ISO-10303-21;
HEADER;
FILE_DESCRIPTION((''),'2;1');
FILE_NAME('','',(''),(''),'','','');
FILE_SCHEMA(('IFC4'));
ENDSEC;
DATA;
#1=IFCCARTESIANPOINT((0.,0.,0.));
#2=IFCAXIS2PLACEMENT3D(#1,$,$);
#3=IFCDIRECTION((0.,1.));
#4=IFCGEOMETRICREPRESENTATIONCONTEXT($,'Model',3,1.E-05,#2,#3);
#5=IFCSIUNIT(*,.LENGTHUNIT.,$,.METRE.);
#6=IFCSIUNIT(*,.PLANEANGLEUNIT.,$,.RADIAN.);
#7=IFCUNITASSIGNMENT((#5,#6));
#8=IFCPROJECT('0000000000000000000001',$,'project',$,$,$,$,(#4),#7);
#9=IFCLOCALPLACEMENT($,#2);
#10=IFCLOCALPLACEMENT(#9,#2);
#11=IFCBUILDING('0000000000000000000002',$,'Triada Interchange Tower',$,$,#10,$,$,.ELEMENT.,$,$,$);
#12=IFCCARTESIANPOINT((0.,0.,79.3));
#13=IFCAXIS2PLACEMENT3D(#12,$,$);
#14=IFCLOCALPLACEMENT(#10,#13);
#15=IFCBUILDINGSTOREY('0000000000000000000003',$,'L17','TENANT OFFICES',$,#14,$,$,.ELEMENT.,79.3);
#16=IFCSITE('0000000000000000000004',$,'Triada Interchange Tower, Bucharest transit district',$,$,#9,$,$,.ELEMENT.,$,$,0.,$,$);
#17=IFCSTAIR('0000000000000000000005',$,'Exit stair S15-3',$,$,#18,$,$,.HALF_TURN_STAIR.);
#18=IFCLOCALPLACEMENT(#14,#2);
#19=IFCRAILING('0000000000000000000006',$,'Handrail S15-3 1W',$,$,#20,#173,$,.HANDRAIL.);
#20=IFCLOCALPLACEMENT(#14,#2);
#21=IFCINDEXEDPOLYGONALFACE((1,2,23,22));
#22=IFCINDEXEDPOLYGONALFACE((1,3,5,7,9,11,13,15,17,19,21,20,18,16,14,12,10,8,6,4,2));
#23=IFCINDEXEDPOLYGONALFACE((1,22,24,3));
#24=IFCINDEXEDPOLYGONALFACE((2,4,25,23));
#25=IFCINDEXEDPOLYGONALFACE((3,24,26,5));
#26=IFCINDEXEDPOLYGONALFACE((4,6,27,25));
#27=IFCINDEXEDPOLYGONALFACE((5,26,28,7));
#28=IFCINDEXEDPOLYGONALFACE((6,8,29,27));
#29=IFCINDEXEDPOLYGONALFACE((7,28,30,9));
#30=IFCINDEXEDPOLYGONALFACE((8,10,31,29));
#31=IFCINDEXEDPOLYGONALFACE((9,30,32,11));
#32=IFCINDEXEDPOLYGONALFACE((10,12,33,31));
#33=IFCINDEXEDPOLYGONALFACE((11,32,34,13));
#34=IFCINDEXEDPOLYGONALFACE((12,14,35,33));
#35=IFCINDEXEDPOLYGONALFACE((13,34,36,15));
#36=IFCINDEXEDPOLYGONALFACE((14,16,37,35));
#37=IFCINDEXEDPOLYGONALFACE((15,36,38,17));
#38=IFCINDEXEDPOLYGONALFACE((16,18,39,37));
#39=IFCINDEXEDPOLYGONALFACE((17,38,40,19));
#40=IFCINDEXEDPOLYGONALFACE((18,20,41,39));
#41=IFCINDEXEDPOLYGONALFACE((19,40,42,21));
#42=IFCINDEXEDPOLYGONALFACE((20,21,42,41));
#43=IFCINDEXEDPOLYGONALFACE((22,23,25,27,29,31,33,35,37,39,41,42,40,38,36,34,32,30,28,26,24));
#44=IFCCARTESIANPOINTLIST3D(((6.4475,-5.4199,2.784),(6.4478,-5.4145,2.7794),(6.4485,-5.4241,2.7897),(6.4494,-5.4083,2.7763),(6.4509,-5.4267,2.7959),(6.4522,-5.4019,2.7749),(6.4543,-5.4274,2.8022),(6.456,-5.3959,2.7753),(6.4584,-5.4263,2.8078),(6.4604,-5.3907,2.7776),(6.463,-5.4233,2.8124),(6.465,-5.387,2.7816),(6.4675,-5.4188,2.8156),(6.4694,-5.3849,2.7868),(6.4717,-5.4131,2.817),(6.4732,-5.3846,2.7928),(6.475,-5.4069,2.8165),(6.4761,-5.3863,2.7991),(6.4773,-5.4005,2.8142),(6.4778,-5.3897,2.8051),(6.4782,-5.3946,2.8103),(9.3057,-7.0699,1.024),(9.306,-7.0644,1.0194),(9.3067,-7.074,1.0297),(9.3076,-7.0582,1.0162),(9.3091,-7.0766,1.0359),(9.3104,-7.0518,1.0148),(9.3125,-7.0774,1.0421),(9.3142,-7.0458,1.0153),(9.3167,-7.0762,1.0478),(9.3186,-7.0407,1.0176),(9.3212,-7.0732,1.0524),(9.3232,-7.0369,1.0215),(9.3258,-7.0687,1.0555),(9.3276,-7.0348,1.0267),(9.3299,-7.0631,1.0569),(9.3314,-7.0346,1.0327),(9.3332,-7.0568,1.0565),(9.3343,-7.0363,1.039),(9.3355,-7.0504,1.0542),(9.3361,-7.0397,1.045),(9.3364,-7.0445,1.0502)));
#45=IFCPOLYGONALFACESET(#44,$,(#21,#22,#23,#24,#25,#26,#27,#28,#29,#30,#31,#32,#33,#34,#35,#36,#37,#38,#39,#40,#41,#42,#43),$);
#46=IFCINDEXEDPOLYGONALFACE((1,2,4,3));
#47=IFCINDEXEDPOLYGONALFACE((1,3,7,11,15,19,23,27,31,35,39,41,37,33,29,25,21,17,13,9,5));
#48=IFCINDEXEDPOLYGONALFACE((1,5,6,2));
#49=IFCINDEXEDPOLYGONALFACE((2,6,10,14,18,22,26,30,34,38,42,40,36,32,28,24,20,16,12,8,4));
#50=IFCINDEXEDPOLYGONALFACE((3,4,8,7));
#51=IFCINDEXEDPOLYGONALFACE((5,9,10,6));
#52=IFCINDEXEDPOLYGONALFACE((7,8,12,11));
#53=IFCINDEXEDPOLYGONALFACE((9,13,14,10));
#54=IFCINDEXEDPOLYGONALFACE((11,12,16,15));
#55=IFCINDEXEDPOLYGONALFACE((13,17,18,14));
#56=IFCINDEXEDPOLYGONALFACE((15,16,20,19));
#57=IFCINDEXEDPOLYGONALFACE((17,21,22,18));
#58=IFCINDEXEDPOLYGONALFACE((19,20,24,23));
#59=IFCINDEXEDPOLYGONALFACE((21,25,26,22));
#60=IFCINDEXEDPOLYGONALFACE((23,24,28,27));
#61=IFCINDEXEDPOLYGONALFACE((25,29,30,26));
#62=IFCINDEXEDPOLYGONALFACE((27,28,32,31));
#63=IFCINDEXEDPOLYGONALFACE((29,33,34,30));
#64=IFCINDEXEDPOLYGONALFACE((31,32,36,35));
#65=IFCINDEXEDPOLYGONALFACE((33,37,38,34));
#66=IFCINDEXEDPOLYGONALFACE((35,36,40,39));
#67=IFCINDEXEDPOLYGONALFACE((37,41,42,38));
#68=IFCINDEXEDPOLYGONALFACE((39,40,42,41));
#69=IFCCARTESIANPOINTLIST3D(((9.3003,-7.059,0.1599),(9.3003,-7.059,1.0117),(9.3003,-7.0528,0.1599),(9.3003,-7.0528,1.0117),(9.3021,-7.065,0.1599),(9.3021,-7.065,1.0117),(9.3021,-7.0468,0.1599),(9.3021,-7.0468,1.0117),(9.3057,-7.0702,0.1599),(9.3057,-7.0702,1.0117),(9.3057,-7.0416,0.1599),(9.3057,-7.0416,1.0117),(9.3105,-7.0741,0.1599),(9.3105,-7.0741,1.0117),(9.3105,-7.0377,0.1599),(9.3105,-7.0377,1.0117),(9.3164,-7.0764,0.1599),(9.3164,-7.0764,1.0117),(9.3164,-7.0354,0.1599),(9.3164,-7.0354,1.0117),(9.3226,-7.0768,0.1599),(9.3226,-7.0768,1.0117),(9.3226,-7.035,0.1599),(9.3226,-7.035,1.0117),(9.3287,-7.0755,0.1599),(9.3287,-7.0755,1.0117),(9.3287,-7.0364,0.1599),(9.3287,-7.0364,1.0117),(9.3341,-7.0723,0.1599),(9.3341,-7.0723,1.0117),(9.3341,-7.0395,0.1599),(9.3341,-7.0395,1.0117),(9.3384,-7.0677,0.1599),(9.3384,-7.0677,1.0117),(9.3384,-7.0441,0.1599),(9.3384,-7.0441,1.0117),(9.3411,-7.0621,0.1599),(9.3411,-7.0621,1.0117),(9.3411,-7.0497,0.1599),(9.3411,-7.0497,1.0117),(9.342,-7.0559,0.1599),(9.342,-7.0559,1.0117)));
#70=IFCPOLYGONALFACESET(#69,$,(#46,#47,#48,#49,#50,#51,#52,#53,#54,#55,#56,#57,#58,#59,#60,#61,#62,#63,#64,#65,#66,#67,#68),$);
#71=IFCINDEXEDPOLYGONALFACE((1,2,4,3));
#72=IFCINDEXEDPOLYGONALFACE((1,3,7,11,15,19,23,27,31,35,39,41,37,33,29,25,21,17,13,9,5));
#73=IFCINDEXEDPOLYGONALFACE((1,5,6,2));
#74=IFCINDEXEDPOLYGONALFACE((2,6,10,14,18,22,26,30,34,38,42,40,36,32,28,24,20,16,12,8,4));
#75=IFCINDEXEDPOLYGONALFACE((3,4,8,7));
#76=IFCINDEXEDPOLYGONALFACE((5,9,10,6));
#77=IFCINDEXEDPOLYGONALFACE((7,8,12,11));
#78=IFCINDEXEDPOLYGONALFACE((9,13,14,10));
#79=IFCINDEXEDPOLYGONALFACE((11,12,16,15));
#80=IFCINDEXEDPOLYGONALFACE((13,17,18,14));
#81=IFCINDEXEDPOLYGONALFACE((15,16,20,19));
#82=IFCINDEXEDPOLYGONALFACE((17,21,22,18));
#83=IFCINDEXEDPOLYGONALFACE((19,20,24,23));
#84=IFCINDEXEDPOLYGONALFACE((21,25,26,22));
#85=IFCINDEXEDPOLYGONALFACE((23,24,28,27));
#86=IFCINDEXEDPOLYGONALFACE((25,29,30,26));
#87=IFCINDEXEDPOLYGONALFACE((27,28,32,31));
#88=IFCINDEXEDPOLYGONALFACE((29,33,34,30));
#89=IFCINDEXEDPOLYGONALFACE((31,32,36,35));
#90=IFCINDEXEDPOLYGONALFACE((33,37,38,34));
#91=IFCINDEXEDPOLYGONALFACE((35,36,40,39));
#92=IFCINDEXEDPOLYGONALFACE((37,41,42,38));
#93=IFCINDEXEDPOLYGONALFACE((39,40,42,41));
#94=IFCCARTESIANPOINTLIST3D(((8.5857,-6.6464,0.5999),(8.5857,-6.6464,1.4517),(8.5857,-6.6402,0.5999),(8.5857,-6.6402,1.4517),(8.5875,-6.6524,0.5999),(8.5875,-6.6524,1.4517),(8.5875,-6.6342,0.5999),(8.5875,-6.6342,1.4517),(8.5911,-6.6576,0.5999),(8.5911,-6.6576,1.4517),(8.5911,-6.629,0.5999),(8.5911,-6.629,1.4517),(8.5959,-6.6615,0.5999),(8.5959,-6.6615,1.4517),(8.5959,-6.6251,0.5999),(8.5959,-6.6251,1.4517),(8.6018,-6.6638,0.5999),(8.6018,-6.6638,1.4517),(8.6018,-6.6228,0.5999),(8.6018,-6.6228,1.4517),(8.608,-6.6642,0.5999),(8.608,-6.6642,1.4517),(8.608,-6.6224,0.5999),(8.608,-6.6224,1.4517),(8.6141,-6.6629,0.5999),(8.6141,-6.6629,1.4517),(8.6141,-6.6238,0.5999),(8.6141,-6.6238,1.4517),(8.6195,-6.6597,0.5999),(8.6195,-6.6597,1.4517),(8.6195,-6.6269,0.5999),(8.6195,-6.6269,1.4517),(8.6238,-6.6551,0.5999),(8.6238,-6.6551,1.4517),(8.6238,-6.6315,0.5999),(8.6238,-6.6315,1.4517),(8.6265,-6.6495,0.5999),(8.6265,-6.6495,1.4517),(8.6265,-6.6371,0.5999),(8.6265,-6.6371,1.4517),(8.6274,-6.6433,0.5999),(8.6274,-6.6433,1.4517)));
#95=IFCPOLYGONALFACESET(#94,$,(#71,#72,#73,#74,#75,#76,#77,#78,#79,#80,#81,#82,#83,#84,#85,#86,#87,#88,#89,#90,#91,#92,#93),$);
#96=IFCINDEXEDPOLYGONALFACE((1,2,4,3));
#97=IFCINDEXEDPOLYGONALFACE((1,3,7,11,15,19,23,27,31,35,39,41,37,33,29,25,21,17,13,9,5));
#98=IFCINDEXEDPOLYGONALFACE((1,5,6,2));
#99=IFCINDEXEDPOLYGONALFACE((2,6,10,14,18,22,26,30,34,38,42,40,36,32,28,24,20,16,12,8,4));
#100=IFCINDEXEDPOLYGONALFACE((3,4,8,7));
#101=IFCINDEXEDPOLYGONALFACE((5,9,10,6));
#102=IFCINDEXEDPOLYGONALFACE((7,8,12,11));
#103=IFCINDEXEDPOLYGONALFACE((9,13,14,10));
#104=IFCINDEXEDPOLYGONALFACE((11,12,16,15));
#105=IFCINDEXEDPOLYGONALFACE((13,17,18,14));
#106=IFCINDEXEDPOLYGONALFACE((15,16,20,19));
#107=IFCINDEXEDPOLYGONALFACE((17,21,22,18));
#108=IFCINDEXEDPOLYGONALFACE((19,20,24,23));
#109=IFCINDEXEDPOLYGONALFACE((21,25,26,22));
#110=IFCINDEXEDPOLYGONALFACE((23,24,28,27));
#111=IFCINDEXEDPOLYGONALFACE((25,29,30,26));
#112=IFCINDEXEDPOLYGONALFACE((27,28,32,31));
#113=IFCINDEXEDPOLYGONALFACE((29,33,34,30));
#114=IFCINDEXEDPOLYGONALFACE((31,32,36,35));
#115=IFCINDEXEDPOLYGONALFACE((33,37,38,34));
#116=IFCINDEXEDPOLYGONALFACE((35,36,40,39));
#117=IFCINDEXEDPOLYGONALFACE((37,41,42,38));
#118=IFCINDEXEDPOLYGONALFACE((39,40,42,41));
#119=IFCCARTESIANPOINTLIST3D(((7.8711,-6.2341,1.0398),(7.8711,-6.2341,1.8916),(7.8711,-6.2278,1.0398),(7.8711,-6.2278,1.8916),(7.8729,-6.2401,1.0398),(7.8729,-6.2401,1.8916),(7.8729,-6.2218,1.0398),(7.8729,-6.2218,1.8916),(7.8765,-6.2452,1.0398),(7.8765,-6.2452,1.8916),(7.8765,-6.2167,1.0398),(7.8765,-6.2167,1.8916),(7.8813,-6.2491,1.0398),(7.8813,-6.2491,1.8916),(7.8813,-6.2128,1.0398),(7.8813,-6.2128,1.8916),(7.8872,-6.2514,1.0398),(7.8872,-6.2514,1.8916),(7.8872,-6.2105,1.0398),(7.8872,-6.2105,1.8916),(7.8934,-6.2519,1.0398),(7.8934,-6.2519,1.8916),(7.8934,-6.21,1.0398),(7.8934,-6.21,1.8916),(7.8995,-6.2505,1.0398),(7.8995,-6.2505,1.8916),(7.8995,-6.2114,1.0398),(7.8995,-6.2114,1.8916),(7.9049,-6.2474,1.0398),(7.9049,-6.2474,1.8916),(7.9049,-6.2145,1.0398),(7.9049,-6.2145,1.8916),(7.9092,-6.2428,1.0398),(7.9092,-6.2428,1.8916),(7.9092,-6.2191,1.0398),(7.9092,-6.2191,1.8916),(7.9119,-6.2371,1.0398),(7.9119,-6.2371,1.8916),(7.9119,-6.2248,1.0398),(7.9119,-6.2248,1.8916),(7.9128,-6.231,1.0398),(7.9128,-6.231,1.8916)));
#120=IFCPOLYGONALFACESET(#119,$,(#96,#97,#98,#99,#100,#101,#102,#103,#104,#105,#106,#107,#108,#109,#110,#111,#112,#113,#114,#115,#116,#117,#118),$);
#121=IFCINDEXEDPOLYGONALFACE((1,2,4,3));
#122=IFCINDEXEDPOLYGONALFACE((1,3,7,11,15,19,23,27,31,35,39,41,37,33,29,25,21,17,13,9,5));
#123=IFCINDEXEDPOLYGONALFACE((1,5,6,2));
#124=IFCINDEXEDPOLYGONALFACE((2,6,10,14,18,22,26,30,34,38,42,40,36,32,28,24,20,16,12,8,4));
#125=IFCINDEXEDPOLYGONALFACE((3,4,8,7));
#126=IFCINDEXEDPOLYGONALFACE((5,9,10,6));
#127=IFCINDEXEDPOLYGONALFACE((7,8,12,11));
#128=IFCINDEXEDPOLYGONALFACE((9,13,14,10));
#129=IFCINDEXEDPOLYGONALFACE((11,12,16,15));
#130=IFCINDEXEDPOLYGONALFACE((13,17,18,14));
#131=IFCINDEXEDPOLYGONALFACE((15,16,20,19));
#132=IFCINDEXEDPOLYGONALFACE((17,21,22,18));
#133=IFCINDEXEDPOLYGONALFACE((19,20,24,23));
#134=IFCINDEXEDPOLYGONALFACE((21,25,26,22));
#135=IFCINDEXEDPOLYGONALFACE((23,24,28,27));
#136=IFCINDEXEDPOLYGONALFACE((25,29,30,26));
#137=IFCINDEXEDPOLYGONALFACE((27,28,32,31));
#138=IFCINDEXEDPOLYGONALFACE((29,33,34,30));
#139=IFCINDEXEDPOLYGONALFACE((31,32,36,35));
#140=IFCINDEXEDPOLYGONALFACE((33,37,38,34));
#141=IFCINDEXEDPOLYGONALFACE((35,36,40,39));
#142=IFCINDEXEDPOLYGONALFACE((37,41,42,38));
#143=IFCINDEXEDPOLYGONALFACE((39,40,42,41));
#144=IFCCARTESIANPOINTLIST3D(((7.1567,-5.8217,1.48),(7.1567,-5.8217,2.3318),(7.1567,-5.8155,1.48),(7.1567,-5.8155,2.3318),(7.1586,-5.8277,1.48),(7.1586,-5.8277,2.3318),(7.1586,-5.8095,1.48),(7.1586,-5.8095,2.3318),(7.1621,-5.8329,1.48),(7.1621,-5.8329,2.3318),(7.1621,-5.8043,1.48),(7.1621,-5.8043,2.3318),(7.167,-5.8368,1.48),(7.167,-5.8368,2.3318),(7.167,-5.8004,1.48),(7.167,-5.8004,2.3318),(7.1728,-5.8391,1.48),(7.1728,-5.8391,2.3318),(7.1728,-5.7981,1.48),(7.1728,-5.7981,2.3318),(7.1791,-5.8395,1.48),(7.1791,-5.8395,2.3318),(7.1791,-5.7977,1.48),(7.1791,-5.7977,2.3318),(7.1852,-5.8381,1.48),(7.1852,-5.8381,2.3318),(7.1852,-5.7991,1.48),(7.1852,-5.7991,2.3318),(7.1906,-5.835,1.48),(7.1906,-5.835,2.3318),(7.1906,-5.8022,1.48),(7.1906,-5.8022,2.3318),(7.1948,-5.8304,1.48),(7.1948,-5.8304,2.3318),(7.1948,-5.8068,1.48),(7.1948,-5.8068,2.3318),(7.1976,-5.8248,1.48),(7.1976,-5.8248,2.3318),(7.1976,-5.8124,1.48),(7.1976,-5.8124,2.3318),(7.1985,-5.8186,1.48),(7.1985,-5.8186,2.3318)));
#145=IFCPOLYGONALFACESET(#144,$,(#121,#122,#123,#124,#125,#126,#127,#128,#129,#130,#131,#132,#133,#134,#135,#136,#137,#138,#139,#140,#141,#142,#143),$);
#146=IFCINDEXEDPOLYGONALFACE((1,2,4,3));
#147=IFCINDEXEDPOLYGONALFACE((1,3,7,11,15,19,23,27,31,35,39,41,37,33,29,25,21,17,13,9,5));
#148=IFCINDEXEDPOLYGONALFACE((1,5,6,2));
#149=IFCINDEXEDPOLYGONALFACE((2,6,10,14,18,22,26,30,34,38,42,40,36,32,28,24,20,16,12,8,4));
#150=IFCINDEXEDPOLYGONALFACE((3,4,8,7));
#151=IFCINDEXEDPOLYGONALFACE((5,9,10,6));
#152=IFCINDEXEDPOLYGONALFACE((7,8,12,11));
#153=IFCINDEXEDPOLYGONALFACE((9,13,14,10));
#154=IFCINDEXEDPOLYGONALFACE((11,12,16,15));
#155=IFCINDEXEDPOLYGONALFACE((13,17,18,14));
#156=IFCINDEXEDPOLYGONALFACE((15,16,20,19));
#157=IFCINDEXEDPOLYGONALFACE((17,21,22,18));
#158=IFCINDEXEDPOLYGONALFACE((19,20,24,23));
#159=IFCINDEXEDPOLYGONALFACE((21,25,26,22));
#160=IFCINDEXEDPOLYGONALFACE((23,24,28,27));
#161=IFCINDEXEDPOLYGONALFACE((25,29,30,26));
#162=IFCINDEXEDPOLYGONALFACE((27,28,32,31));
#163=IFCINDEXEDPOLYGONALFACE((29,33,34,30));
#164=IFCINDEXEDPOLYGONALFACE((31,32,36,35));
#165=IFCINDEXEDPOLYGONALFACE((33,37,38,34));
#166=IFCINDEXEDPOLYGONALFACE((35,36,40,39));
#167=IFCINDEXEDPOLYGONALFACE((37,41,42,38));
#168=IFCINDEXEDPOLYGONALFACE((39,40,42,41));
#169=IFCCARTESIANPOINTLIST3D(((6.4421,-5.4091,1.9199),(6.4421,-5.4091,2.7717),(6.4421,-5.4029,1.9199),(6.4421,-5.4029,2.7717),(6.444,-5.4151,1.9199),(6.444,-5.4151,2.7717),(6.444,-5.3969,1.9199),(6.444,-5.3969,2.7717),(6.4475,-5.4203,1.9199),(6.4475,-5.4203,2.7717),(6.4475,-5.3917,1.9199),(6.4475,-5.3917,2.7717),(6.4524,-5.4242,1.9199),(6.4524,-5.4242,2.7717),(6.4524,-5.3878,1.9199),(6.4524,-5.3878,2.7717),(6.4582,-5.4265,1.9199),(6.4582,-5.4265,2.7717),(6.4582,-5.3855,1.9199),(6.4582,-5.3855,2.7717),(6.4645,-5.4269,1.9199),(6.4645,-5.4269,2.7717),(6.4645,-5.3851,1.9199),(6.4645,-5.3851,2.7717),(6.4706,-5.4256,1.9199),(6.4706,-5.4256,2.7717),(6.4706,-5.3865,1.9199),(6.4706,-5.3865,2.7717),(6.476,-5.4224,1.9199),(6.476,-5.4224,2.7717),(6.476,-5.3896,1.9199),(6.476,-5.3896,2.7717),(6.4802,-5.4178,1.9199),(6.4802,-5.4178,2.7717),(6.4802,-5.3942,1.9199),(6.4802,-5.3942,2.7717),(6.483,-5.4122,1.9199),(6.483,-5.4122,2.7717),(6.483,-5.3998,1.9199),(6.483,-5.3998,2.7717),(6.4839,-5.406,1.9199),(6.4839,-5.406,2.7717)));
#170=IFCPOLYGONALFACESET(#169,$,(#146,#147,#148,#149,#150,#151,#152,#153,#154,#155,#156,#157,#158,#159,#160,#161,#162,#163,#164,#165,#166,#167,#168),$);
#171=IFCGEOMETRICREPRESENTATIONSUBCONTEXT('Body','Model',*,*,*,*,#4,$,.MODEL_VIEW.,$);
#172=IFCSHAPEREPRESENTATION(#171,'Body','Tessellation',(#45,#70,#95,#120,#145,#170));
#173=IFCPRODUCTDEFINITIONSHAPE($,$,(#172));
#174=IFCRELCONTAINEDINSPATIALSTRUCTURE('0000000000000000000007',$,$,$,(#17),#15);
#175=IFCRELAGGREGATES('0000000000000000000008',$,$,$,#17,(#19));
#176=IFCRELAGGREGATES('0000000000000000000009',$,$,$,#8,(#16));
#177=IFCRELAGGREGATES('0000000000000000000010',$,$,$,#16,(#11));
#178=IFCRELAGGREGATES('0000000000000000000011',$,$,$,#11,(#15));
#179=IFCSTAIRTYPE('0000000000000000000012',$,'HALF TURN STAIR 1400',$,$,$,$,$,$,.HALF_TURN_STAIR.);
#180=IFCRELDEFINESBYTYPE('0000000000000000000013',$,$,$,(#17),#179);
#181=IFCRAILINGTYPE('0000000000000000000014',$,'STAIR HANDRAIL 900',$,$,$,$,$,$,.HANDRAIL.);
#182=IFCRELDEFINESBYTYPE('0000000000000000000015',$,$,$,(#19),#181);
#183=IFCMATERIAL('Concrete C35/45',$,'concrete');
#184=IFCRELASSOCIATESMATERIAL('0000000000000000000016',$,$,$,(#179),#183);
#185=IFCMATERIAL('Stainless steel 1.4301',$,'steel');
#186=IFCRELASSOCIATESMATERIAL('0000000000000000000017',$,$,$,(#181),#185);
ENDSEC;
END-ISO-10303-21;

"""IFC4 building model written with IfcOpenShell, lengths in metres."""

from ifc_helpers import new_model, si_unit, direction, frame, origin, origin_2d, place, context, subcontext, project, spatial, circle, extrude, material, type_object, element, aggregate, save


model = new_model("IFC4")

# Units and contexts
model_context = context("Model", 3, precision=1e-05, world=origin(), true_north=direction((0.0, 1.0)))
body_context = subcontext(model_context, "Body", "Model", "MODEL_VIEW")
ifc_project = project(units=[si_unit("LENGTHUNIT", "METRE"), si_unit("PLANEANGLEUNIT", "RADIAN")], contexts=[model_context])

# Site, building, storey
site_placement = place(None, origin())
site = spatial("IfcSite", under=ifc_project, at=site_placement, Name="Triada Interchange Tower, Bucharest transit district", CompositionType="ELEMENT", RefElevation=0.0)
building_placement = place(site_placement, origin())
building = spatial("IfcBuilding", under=site, at=building_placement, Name="Triada Interchange Tower", CompositionType="ELEMENT")
storey_placement = place(building_placement, frame((0.0, 0.0, 79.3)))
storey = spatial("IfcBuildingStorey", under=building, at=storey_placement, Name="L17", Description="TENANT OFFICES", CompositionType="ELEMENT", Elevation=79.3)

# Stair, railing
ifc_material_1 = material(Name="Concrete C35/45", Category="concrete")
stair_type = type_object("IfcStairType", Name="HALF TURN STAIR 1400", PredefinedType="HALF_TURN_STAIR", material=ifc_material_1)
stair_placement = place(storey_placement, origin())
stair = element("IfcStair", 1, at=stair_placement, inside=storey, type_object=stair_type, Name="Exit stair S15-3", PredefinedType="HALF_TURN_STAIR")
ifc_material_2 = material(Name="Stainless steel 1.4301", Category="steel")
railing_type = type_object("IfcRailingType", Name="STAIR HANDRAIL 900", PredefinedType="HANDRAIL", material=ifc_material_2)
railing_1_placement = place(storey_placement, frame((9.321, -7.0559, 0.1599)))
railing_1 = element("IfcRailing", 2, at=railing_1_placement, type_object=railing_type, Name="Handrail S15-3 1W", PredefinedType="HANDRAIL", context=body_context, shape_type="SweptSolid", body=[
    extrude(circle(Radius=0.0239, at=origin_2d()), frame((0.0, 0.0, 0.876), z_axis=(-0.764178, 0.441131, 0.47057), x_axis=(-0.499942, -0.866059, 0.0)), (0.0, 0.0, 1.0), 3.7402),
    extrude(circle(Radius=0.021, at=origin_2d()), origin(), (0.0, 0.0, 1.0), 0.8518),
    extrude(circle(Radius=0.021, at=origin_2d()), frame((-0.7146, 0.4126, 0.4399)), (0.0, 0.0, 1.0), 0.8518),
    extrude(circle(Radius=0.021, at=origin_2d()), frame((-1.4292, 0.825, 0.8799)), (0.0, 0.0, 1.0), 0.8518),
    extrude(circle(Radius=0.021, at=origin_2d()), frame((-2.1436, 1.2373, 1.3201)), (0.0, 0.0, 1.0), 0.8518),
    extrude(circle(Radius=0.021, at=origin_2d()), frame((-2.8582, 1.6499, 1.76)), (0.0, 0.0, 1.0), 0.8518),
])
aggregate(stair, [railing_1])

save(model, "model.ifc")
